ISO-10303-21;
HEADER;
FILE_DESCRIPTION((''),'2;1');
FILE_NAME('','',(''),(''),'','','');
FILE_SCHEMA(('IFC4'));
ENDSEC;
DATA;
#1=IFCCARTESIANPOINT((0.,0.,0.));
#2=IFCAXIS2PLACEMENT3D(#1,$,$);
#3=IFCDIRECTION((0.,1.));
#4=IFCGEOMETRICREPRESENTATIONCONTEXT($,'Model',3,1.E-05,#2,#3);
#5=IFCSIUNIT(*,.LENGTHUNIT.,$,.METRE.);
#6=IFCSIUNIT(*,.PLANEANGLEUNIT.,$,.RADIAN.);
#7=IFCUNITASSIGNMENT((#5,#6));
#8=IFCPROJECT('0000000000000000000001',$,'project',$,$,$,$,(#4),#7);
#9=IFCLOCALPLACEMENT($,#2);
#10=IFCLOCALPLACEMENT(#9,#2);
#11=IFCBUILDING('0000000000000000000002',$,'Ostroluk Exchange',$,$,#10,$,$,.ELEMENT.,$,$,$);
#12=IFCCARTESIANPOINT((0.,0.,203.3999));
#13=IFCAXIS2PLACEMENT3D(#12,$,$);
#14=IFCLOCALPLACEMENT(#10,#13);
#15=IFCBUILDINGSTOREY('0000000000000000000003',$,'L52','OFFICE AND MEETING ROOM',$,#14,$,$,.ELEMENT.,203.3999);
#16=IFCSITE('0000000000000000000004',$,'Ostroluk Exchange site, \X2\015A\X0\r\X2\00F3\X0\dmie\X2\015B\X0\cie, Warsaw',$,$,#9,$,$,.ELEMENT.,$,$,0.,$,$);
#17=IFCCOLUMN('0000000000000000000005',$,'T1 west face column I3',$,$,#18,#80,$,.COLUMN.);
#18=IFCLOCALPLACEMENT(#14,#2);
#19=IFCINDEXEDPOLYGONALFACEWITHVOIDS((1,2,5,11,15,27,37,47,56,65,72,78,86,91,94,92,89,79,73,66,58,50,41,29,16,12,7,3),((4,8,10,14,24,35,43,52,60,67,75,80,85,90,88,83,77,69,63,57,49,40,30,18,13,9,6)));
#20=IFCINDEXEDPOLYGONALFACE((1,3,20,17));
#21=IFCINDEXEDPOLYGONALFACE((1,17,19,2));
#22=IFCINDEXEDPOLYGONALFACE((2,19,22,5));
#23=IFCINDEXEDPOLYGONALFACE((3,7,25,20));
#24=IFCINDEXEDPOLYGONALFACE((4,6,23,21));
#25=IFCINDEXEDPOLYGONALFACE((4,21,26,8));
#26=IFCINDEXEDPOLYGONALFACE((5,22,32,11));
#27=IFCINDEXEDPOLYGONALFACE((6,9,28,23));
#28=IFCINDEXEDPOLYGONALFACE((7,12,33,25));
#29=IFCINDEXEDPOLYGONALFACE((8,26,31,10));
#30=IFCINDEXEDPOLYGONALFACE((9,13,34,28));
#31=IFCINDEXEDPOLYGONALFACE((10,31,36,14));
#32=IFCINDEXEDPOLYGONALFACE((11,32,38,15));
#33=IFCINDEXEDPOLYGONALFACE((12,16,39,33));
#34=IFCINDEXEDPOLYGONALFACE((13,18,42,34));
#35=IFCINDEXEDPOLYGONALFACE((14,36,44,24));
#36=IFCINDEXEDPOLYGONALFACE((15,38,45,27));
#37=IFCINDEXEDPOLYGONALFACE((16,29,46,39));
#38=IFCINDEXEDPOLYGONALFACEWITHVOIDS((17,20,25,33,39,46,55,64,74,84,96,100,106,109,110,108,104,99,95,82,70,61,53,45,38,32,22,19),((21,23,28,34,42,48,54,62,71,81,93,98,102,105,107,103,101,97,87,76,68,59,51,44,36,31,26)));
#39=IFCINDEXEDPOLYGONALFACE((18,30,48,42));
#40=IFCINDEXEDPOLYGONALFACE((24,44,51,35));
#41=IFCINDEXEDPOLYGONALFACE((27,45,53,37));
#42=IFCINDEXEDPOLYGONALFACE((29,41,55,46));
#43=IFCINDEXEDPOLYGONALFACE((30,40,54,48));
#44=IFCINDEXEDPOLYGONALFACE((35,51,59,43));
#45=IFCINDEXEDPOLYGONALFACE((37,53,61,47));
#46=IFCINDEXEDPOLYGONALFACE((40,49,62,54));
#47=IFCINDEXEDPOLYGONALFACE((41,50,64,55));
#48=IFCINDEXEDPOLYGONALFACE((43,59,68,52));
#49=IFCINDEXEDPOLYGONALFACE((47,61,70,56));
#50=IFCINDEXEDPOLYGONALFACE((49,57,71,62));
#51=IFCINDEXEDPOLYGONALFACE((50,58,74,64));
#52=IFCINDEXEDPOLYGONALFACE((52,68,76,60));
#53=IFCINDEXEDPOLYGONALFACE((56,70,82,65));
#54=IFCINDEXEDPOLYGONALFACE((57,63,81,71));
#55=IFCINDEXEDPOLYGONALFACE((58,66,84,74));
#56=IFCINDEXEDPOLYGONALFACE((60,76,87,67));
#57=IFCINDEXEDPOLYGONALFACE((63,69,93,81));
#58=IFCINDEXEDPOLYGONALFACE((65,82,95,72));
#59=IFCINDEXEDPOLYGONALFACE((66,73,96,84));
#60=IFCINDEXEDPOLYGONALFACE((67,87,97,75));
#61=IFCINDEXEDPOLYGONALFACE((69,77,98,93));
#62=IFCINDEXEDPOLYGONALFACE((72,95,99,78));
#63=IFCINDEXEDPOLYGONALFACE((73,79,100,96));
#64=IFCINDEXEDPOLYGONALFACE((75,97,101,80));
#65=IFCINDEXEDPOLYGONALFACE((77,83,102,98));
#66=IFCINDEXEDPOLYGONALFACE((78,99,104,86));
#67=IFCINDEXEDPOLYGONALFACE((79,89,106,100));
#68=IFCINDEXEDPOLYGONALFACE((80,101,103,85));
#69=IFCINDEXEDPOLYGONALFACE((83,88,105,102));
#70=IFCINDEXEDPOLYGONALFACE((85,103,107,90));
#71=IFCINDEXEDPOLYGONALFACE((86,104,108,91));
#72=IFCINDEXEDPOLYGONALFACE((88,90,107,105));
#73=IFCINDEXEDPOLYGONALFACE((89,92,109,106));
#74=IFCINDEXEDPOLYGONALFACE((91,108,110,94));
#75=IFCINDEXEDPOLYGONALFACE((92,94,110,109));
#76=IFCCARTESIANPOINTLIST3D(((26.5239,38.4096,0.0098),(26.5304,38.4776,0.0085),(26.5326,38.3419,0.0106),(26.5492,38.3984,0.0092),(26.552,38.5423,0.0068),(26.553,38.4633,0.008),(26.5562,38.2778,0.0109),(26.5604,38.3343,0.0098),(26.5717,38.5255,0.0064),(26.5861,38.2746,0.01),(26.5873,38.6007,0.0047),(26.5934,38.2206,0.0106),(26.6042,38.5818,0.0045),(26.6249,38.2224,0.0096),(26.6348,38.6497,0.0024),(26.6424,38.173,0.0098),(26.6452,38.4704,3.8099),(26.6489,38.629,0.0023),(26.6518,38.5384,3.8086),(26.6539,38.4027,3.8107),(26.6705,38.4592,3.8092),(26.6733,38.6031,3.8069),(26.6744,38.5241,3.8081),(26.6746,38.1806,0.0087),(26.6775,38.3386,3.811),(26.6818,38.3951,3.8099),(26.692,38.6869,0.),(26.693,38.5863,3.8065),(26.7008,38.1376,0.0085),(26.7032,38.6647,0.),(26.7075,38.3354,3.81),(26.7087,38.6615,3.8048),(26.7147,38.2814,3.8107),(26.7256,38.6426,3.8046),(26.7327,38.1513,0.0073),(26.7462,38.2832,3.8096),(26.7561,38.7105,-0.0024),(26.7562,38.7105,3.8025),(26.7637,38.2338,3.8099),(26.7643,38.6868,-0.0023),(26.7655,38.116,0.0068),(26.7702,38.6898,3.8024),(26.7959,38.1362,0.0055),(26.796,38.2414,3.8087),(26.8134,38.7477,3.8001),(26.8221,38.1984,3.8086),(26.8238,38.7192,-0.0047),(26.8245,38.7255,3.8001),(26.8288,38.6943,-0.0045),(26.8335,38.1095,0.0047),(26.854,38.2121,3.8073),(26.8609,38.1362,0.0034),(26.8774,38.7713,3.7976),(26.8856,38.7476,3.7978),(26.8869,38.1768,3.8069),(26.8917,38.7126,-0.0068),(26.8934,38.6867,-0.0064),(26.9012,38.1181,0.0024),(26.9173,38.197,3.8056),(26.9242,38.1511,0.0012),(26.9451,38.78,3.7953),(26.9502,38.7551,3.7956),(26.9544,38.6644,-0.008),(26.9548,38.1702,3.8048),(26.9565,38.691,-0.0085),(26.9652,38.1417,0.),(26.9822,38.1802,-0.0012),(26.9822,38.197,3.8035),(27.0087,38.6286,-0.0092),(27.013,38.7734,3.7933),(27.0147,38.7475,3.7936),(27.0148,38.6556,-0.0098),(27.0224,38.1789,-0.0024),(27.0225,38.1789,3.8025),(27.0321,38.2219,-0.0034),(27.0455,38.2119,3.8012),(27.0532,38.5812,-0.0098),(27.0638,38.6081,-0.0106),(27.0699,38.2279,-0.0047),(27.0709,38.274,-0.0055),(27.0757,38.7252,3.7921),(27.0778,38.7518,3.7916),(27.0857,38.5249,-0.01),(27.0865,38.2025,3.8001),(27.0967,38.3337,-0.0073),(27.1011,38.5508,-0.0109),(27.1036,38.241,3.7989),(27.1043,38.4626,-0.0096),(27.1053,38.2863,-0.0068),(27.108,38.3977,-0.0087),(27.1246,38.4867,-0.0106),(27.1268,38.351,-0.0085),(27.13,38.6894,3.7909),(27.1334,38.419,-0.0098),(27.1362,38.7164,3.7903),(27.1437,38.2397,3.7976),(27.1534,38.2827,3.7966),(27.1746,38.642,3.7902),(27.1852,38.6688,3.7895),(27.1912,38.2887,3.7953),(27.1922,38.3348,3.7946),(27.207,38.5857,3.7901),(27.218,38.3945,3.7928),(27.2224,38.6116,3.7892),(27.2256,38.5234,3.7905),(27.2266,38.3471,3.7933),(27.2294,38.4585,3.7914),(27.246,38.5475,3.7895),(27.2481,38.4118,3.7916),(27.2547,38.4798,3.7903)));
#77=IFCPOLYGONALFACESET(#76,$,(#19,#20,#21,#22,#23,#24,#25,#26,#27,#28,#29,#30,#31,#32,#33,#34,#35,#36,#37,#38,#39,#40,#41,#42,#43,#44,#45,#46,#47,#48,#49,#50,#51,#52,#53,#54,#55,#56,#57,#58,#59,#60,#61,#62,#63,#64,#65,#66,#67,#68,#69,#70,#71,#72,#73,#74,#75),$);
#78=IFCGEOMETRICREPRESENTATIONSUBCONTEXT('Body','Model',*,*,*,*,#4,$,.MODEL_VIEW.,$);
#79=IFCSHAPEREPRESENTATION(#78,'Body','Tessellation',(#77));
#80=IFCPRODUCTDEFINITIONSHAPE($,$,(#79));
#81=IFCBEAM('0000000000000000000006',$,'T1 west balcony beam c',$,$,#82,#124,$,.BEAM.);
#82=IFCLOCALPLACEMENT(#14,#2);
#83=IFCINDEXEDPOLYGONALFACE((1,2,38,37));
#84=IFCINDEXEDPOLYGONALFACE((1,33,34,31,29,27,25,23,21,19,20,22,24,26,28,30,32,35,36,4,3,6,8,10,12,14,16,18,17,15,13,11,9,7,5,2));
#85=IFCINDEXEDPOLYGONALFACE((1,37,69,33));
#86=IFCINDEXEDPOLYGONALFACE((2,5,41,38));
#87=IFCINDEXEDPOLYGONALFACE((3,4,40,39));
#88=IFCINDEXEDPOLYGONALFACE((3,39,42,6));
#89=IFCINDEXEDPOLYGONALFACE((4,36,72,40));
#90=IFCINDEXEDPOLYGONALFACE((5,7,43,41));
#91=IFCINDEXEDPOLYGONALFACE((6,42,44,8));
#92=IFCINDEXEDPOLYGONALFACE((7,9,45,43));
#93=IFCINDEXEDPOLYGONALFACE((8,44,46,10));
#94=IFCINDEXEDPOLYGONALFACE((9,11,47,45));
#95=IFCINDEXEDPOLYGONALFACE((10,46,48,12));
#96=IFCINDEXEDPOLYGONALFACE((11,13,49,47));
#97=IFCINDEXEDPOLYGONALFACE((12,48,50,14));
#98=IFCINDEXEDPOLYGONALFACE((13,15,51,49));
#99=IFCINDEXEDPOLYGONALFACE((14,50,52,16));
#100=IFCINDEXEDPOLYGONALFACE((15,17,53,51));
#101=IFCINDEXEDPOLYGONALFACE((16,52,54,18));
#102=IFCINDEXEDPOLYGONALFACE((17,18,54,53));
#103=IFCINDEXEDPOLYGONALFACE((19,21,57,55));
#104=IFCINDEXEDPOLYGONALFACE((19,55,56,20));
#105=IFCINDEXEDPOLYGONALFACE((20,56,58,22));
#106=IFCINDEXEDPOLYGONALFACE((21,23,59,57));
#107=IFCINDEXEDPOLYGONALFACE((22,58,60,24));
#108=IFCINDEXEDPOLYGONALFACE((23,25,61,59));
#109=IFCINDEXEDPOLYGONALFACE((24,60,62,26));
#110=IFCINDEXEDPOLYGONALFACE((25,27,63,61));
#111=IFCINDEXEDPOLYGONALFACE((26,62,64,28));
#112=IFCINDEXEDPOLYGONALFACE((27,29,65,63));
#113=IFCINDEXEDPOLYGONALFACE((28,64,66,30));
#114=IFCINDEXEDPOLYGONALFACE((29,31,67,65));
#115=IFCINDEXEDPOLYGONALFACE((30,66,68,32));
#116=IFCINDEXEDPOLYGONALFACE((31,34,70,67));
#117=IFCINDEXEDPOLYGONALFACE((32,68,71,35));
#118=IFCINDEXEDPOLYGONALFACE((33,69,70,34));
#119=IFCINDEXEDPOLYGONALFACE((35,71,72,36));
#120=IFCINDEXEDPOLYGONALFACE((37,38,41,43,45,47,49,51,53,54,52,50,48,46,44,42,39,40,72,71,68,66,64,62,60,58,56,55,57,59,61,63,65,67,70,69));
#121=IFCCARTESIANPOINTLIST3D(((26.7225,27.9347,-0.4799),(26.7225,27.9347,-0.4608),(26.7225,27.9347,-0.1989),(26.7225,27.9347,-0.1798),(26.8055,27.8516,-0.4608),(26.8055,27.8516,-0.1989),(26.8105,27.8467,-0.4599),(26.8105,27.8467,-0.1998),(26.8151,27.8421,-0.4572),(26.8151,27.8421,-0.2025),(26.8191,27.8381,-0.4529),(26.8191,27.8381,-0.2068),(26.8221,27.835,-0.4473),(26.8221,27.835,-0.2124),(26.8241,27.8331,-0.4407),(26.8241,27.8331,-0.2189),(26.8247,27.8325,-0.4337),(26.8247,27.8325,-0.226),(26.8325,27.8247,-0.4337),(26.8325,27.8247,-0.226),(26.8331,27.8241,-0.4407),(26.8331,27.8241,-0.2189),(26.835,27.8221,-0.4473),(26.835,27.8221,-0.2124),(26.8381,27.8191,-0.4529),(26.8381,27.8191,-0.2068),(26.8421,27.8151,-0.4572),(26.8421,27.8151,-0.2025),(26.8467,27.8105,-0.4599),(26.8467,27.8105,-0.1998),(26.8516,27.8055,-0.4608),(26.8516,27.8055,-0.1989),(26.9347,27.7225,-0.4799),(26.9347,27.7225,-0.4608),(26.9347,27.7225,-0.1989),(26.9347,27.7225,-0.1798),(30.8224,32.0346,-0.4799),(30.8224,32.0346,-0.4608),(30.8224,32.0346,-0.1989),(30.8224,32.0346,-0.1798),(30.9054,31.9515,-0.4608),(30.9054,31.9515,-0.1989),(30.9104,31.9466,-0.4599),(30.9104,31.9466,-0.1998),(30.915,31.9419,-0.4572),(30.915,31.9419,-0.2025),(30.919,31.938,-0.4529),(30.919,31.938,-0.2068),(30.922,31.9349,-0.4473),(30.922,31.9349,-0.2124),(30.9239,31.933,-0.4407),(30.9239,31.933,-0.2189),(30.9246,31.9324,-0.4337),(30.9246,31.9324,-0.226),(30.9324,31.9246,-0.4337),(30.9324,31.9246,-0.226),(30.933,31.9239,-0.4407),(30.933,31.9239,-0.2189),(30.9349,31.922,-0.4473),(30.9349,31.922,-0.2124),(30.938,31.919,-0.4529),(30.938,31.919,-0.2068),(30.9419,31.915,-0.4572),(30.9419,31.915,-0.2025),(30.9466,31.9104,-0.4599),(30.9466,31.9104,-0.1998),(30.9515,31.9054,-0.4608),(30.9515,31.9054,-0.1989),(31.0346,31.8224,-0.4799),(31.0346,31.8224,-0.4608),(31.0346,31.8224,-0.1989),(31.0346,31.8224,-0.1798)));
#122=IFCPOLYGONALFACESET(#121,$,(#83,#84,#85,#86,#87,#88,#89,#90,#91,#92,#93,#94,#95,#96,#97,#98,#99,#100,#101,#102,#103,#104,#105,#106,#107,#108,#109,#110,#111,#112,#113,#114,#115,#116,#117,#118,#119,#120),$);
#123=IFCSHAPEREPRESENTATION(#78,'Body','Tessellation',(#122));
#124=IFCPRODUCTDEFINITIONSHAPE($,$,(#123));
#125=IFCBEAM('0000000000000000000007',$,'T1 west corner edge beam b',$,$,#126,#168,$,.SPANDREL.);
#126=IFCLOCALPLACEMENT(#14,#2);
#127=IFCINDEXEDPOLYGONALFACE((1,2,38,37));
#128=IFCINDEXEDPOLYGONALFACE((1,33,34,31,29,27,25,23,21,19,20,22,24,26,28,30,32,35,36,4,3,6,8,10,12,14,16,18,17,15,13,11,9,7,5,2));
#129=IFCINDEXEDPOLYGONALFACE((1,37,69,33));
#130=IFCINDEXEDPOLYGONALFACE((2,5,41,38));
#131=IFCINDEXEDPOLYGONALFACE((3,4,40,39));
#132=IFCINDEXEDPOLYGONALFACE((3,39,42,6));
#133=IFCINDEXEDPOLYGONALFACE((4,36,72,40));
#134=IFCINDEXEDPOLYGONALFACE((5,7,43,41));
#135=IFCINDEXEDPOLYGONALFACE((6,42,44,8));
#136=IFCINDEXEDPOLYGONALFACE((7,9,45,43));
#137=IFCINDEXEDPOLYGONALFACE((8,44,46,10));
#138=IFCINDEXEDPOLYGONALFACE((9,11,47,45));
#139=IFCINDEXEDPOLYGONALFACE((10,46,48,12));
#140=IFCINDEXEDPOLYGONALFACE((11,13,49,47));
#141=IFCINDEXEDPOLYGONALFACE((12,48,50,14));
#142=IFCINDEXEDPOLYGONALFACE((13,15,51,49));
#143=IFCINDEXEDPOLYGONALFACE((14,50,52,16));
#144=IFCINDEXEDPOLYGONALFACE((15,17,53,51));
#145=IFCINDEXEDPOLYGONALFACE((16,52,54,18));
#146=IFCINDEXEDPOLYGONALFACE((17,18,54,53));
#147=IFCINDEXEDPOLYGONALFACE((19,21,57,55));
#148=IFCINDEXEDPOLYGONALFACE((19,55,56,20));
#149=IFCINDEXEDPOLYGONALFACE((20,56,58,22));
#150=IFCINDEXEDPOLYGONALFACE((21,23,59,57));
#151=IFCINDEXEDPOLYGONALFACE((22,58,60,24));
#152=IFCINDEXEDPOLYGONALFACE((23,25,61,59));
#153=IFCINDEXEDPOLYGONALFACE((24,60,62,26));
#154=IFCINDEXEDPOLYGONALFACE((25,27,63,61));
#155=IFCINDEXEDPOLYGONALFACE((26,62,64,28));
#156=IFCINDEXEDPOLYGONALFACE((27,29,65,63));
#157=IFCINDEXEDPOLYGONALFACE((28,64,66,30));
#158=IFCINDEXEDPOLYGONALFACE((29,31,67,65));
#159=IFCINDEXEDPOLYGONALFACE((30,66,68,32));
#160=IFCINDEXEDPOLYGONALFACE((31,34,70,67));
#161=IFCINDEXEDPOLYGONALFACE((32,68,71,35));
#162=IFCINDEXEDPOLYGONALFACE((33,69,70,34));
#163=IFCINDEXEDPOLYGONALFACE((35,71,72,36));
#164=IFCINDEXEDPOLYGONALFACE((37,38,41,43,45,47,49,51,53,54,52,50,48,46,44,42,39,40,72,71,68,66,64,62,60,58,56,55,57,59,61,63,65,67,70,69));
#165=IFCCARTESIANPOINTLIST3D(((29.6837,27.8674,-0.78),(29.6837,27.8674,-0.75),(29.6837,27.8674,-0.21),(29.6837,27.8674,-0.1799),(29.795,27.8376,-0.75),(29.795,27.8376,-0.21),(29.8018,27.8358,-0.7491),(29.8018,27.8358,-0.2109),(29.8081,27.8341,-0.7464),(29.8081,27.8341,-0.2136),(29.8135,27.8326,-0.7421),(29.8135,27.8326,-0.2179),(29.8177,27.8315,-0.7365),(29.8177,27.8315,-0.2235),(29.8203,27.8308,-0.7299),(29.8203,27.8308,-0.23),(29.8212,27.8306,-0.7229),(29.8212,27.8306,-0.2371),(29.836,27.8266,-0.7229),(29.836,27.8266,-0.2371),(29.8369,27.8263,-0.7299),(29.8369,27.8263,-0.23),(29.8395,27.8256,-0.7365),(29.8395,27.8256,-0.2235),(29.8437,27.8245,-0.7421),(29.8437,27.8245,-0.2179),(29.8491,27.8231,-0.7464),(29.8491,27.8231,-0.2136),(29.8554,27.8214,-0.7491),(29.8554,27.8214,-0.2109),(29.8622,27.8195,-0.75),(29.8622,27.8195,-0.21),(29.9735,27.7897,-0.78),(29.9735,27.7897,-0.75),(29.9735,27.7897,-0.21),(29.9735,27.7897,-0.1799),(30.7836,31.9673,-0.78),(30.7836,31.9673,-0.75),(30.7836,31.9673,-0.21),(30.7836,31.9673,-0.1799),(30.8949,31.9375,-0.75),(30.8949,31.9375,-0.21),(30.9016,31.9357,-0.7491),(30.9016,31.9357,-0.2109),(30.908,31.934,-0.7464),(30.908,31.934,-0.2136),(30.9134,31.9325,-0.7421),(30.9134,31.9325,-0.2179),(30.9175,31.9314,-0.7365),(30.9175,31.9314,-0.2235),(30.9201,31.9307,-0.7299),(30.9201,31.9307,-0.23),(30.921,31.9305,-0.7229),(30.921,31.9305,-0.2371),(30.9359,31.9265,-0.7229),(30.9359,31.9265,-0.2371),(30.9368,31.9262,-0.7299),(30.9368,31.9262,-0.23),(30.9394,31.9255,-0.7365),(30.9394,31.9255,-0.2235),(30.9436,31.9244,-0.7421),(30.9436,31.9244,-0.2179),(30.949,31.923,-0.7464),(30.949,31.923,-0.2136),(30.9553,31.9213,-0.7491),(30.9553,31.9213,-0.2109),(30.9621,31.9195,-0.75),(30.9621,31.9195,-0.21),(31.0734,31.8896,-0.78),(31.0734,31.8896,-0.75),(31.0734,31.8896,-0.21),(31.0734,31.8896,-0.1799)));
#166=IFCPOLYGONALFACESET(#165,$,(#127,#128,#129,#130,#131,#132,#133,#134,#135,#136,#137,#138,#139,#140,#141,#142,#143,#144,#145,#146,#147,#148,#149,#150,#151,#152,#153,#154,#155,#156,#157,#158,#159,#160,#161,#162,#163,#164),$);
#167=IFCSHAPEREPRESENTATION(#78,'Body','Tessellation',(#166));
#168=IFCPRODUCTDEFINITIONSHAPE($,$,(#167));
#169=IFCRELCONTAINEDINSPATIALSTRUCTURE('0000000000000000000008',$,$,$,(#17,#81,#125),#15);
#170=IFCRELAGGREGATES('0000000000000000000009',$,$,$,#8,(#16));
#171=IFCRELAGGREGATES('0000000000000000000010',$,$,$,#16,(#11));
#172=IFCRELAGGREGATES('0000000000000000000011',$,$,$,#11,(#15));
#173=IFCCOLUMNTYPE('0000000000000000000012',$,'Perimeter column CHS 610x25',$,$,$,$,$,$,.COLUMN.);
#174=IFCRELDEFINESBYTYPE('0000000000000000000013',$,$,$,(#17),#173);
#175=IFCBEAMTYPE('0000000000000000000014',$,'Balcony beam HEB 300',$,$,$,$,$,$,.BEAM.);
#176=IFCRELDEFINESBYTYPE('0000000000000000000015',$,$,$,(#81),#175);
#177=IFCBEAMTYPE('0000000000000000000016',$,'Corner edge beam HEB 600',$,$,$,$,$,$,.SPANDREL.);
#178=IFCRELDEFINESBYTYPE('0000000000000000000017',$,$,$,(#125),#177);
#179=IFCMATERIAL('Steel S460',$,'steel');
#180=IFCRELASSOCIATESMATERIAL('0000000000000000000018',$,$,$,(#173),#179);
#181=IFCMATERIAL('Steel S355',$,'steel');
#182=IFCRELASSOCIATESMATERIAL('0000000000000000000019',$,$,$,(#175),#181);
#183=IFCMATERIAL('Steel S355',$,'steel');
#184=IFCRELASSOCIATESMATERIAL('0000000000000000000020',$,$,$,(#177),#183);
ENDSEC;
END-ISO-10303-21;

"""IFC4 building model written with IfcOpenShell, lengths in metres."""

from ifc_helpers import new_model, si_unit, direction, frame, origin, origin_2d, place, context, subcontext, project, spatial, hollow_circle, i_section, extrude, material, material_profile, profile_set, type_object, element, save


model = new_model("IFC4")

# Units and contexts
model_context = context("Model", 3, precision=1e-05, world=origin(), true_north=direction((0.0, 1.0)))
body_context = subcontext(model_context, "Body", "Model", "MODEL_VIEW")
ifc_project = project(units=[si_unit("LENGTHUNIT", "METRE"), si_unit("PLANEANGLEUNIT", "RADIAN")], contexts=[model_context])

# Site, building, storey
site_placement = place(None, origin())
site = spatial("IfcSite", under=ifc_project, at=site_placement, Name="Ostroluk Exchange site, Śródmieście, Warsaw", CompositionType="ELEMENT", RefElevation=0.0)
building_placement = place(site_placement, origin())
building = spatial("IfcBuilding", under=site, at=building_placement, Name="Ostroluk Exchange", CompositionType="ELEMENT")
storey_placement = place(building_placement, frame((0.0, 0.0, 203.3999)))
storey = spatial("IfcBuildingStorey", under=building, at=storey_placement, Name="L52", Description="OFFICE AND MEETING ROOM", CompositionType="ELEMENT", Elevation=203.3999)

# Column
ifc_material_1 = material(Name="Steel S460", Category="steel")
ifc_material_profile_1 = material_profile(ifc_material_1, hollow_circle(Radius=0.3049, WallThickness=0.0249, at=origin_2d()), Name="CHS 610x25")
ifc_profile_set_1 = profile_set([ifc_material_profile_1], Name="Steel S460")
column_type = type_object("IfcColumnType", Name="Perimeter column CHS 610x25", PredefinedType="COLUMN", material=ifc_profile_set_1)
column_placement = place(storey_placement, frame((26.8286, 38.4143, 0.0), z_axis=(0.03191, 0.015987, 0.999363), x_axis=(-0.447933, 0.894067, 0.0)))
element("IfcColumn", 1, at=column_placement, inside=storey, type_object=column_type, Name="T1 west face column I3", PredefinedType="COLUMN", context=body_context, shape_type="SweptSolid", body=[
    extrude(hollow_circle(Radius=0.3049, WallThickness=0.0249, at=origin_2d()), origin(), (0.0, 0.0, 1.0), 3.8025),
])

# Beams
ifc_material_2 = material(Name="Steel S355", Category="steel")
ifc_material_profile_2 = material_profile(ifc_material_2, i_section(OverallWidth=0.3, OverallDepth=0.3, WebThickness=0.011, FlangeThickness=0.019, FilletRadius=0.0271, at=origin_2d()), Name="HEB 300")
ifc_profile_set_2 = profile_set([ifc_material_profile_2], Name="Steel S355")
beam_type_1 = type_object("IfcBeamType", Name="Balcony beam HEB 300", PredefinedType="BEAM", material=ifc_profile_set_2)
beam_1_placement = place(storey_placement, frame((30.9285, 31.9285, -0.3298), z_axis=(-0.707107, -0.707107, 0.0), x_axis=(0.707107, -0.707107, 0.0)))
element("IfcBeam", 2, at=beam_1_placement, inside=storey, type_object=beam_type_1, Name="T1 west balcony beam c", PredefinedType="BEAM", context=body_context, shape_type="SweptSolid", body=[
    extrude(i_section(OverallWidth=0.3, OverallDepth=0.3, WebThickness=0.011, FlangeThickness=0.019, FilletRadius=0.0271, at=origin_2d()), origin(), (0.0, 0.0, 1.0), 5.7981),
])
ifc_material_3 = material(Name="Steel S355", Category="steel")
ifc_material_profile_3 = material_profile(ifc_material_3, i_section(OverallWidth=0.3, OverallDepth=0.6001, WebThickness=0.0154, FlangeThickness=0.03, FilletRadius=0.0271, at=origin_2d()), Name="HEB 600")
ifc_profile_set_3 = profile_set([ifc_material_profile_3], Name="Steel S355")
beam_type_2 = type_object("IfcBeamType", Name="Corner edge beam HEB 600", PredefinedType="SPANDREL", material=ifc_profile_set_3)
beam_2_placement = place(storey_placement, frame((30.9285, 31.9285, -0.48), z_axis=(-0.259105, -0.965849, 0.0), x_axis=(0.965849, -0.259105, 0.0)))
element("IfcBeam", 3, at=beam_2_placement, inside=storey, type_object=beam_type_2, Name="T1 west corner edge beam b", PredefinedType="SPANDREL", context=body_context, shape_type="SweptSolid", body=[
    extrude(i_section(OverallWidth=0.3, OverallDepth=0.6001, WebThickness=0.0154, FlangeThickness=0.03, FilletRadius=0.0271, at=origin_2d()), origin(), (0.0, 0.0, 1.0), 4.2449),
])

save(model, "model.ifc")
